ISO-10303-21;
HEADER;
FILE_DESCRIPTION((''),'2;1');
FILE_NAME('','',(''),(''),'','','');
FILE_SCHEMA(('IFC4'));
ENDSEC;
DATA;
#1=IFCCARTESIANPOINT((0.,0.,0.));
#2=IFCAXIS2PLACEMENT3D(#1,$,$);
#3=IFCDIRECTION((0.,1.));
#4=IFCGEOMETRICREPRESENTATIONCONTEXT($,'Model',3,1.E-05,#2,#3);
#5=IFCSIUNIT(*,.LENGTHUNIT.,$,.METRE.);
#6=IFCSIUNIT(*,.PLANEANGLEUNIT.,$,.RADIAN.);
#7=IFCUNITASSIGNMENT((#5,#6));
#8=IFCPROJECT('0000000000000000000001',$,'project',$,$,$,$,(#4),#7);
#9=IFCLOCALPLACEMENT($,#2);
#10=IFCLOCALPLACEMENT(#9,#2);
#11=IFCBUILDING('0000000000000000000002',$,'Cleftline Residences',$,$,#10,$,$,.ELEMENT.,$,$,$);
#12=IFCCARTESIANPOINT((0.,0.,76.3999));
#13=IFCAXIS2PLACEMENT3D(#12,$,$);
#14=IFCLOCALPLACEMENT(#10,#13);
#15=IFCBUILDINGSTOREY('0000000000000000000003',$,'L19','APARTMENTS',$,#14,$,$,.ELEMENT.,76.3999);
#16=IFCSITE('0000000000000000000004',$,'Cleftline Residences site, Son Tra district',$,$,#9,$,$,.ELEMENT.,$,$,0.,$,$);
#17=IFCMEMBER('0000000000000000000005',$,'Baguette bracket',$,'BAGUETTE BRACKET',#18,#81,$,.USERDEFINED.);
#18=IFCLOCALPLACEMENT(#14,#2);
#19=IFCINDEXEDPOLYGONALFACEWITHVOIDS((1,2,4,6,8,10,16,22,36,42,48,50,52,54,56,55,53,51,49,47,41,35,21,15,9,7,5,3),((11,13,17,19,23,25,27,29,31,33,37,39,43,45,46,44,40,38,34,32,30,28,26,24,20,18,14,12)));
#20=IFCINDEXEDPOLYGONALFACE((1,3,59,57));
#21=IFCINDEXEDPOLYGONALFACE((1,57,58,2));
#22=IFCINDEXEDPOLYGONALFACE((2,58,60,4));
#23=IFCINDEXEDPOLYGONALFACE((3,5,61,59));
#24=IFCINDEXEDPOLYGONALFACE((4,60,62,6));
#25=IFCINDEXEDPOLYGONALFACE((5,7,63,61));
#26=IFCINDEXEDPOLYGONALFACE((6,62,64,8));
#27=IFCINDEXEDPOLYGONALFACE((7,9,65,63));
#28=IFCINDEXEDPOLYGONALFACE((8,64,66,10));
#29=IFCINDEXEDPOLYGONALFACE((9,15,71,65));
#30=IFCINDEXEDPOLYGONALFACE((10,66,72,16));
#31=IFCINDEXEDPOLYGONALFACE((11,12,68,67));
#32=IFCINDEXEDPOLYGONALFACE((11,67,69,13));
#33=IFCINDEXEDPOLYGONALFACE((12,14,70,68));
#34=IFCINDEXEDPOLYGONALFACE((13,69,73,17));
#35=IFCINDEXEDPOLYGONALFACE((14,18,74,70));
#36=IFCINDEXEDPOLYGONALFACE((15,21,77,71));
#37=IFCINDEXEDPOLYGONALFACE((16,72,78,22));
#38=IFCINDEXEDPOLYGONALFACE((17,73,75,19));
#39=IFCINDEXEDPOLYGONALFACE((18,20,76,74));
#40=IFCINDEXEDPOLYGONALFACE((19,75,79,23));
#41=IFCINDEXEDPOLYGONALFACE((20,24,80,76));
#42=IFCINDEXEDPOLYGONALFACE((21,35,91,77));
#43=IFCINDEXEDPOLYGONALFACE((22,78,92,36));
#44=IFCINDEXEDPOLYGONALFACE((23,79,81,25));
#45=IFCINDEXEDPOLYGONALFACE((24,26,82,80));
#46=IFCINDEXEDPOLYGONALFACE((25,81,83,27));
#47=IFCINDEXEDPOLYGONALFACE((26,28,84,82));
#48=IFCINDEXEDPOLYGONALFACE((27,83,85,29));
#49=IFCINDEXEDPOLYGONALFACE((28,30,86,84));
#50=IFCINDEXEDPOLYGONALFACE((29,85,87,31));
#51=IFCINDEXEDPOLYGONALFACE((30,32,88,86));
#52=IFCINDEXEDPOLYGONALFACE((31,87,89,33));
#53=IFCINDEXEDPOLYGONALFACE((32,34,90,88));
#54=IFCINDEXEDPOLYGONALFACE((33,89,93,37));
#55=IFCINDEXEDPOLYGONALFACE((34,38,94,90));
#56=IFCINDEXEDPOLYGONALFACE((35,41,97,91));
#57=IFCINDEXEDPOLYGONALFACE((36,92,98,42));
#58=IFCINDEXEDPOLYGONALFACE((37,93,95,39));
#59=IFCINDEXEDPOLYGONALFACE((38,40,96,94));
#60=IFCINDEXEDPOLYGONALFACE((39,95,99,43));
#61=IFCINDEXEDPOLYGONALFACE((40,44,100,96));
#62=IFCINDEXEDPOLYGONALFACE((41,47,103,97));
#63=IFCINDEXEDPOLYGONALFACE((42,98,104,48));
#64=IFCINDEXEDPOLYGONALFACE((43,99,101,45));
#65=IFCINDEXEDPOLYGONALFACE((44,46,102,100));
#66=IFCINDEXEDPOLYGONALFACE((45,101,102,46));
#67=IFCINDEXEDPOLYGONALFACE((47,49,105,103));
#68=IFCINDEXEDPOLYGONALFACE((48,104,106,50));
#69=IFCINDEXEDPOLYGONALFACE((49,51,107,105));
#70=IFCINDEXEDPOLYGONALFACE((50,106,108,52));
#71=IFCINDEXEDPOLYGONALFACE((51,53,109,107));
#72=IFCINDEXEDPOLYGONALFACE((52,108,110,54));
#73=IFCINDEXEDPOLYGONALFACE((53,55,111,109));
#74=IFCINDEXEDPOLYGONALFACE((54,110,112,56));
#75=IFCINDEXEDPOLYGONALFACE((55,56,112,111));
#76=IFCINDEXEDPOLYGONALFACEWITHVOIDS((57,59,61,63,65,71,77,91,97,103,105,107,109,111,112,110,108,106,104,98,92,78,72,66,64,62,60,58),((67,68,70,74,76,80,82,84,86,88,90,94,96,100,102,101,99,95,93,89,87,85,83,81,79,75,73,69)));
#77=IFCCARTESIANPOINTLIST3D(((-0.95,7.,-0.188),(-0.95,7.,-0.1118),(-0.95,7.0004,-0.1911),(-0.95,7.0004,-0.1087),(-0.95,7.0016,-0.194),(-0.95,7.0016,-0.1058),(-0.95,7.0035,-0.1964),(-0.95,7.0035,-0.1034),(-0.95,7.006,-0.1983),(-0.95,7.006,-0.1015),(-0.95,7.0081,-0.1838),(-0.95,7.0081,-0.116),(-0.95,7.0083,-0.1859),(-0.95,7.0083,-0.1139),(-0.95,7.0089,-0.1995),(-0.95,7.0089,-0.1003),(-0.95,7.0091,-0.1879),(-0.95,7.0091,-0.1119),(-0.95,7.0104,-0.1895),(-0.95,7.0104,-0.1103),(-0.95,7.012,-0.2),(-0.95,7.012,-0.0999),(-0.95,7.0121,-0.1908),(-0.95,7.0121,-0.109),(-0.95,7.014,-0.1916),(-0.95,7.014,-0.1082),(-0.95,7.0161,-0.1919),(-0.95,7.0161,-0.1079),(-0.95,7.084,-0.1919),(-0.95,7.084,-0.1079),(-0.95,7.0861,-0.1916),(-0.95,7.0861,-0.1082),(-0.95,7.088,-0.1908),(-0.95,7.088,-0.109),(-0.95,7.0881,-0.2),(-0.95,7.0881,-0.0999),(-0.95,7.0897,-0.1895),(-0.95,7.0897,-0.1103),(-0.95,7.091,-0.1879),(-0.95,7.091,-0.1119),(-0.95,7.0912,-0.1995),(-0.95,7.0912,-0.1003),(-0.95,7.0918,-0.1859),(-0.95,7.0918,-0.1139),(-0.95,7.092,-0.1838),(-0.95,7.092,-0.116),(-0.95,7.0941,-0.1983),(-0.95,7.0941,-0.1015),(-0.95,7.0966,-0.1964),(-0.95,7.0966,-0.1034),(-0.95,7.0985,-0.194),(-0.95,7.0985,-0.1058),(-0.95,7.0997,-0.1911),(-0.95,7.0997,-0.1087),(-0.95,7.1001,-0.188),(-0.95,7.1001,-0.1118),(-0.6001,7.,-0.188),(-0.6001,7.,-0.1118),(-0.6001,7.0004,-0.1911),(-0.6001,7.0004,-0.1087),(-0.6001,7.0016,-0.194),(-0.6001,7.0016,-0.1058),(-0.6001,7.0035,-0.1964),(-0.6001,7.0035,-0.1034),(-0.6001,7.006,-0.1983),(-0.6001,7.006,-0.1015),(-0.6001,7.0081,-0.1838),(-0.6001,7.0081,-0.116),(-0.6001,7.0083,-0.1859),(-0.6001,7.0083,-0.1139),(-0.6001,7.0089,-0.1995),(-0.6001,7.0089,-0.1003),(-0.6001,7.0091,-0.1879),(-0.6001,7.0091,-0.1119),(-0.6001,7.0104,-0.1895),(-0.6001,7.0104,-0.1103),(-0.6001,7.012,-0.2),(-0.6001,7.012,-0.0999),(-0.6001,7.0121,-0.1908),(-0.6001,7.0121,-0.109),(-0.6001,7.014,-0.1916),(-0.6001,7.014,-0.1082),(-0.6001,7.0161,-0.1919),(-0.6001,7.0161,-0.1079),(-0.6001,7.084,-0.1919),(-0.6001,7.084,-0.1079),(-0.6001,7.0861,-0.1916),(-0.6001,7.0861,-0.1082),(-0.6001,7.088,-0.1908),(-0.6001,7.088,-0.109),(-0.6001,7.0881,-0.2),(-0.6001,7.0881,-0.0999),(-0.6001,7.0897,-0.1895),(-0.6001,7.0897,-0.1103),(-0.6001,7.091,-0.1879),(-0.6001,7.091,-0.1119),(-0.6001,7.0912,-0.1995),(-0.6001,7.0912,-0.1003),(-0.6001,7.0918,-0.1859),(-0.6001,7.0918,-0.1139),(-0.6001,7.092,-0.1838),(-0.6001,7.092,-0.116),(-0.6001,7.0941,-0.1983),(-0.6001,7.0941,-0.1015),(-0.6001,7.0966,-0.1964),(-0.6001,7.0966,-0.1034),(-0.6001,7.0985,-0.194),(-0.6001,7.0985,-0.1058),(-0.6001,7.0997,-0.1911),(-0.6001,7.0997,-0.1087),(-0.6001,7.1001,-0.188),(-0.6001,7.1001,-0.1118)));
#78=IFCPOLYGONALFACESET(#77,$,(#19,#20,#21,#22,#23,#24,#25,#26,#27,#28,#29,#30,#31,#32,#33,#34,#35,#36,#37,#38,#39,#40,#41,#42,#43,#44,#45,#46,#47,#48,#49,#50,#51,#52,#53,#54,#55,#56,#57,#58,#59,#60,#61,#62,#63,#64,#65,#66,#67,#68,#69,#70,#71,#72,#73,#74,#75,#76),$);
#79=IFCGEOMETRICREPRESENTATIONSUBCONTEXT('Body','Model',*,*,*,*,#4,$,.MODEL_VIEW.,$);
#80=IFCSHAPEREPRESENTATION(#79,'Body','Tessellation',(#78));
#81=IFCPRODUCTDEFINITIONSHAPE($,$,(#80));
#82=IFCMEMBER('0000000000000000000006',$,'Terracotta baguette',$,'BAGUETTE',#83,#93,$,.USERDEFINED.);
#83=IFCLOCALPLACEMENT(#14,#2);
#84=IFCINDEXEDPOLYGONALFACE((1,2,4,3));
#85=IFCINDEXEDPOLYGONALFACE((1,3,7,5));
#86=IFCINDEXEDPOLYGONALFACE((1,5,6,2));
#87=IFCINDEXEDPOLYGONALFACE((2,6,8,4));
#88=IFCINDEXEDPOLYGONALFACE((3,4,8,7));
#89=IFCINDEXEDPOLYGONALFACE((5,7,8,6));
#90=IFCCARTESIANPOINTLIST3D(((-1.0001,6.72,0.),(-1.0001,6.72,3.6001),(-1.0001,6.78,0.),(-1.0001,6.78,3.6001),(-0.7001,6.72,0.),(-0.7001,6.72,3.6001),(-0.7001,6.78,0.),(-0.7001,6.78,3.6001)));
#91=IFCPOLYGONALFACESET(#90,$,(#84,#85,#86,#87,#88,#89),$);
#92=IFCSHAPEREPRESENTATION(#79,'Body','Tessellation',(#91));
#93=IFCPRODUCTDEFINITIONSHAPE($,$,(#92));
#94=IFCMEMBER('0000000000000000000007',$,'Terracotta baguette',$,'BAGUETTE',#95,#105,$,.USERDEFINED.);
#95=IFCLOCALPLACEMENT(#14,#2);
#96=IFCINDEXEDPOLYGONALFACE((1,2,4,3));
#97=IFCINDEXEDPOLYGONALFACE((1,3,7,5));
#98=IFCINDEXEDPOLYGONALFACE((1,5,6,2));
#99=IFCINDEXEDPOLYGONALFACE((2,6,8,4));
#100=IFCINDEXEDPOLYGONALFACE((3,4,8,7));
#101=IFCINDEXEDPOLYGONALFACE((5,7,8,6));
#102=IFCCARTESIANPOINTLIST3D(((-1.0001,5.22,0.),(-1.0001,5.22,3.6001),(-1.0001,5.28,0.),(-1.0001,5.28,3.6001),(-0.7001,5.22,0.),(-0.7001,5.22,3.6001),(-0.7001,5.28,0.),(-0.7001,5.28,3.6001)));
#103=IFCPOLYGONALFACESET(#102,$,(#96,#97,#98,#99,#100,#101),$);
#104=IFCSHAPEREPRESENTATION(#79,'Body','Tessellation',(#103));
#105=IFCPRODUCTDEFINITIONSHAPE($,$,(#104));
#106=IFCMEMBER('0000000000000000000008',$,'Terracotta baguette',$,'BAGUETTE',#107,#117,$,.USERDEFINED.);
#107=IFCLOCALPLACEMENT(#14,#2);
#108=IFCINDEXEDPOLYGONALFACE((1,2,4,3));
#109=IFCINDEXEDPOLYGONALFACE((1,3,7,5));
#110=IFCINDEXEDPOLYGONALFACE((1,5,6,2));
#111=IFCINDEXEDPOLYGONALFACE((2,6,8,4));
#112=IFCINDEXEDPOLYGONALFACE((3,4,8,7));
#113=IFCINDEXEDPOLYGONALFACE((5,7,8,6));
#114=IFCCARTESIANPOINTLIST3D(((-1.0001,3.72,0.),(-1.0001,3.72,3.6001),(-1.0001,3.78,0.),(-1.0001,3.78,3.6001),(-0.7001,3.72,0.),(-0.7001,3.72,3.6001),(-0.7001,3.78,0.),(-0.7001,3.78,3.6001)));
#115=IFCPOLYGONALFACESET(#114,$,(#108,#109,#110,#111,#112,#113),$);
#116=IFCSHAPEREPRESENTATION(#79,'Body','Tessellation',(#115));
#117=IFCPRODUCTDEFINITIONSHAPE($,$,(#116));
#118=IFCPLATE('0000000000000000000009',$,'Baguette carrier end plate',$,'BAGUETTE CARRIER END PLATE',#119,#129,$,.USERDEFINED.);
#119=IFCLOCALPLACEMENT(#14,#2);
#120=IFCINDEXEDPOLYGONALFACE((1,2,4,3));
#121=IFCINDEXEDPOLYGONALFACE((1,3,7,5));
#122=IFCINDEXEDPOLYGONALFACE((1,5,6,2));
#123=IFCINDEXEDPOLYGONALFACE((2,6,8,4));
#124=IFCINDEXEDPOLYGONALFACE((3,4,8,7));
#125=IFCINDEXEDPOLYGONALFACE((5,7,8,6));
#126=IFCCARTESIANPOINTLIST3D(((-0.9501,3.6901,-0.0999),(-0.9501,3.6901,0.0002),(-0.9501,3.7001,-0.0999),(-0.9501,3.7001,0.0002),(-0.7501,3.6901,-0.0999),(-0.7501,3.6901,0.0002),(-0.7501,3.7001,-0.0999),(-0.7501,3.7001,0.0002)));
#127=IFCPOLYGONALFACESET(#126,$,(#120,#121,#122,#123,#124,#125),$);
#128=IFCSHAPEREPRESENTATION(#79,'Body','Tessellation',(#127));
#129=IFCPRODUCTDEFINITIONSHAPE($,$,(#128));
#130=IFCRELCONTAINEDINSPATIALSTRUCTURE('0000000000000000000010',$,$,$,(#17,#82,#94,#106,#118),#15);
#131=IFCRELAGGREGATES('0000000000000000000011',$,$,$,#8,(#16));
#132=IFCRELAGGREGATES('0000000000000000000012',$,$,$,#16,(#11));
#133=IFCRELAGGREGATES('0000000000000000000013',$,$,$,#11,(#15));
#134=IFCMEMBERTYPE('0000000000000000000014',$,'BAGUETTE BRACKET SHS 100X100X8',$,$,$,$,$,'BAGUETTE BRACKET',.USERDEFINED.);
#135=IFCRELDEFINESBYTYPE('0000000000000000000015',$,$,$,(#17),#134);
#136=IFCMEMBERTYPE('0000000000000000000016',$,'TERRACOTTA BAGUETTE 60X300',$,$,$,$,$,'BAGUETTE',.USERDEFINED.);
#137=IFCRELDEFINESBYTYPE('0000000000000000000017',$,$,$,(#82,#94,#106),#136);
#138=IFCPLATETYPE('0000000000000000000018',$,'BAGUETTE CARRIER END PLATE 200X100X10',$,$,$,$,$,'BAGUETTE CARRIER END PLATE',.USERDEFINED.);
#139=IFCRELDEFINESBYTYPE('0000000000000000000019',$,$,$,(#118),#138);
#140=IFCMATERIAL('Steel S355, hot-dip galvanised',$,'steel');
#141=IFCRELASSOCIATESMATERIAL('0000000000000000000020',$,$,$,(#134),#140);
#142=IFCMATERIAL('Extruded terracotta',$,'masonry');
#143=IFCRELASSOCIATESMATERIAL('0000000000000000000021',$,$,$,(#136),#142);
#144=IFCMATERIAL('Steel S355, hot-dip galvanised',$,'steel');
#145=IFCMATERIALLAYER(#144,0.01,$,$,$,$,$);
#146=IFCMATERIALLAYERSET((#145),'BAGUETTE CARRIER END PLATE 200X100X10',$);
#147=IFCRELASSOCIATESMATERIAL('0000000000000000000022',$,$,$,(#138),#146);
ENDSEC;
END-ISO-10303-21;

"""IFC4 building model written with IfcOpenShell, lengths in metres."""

from ifc_helpers import new_model, si_unit, direction, frame, origin, origin_2d, place, context, subcontext, project, spatial, rectangle, hollow_rectangle, extrude, material, layer, layer_set, material_profile, profile_set, type_object, element, save


model = new_model("IFC4")

# Units and contexts
model_context = context("Model", 3, precision=1e-05, world=origin(), true_north=direction((0.0, 1.0)))
body_context = subcontext(model_context, "Body", "Model", "MODEL_VIEW")
ifc_project = project(units=[si_unit("LENGTHUNIT", "METRE"), si_unit("PLANEANGLEUNIT", "RADIAN")], contexts=[model_context])

# Site, building, storey
site_placement = place(None, origin())
site = spatial("IfcSite", under=ifc_project, at=site_placement, Name="Cleftline Residences site, Son Tra district", CompositionType="ELEMENT", RefElevation=0.0)
building_placement = place(site_placement, origin())
building = spatial("IfcBuilding", under=site, at=building_placement, Name="Cleftline Residences", CompositionType="ELEMENT")
storey_placement = place(building_placement, frame((0.0, 0.0, 76.3999)))
storey = spatial("IfcBuildingStorey", under=building, at=storey_placement, Name="L19", Description="APARTMENTS", CompositionType="ELEMENT", Elevation=76.3999)

# Members
ifc_material_1 = material(Name="Steel S355, hot-dip galvanised", Category="steel")
ifc_material_profile_1 = material_profile(ifc_material_1, hollow_rectangle(XDim=0.1001, YDim=0.1001, WallThickness=0.0081, InnerFilletRadius=0.0081, OuterFilletRadius=0.012, at=origin_2d()))
ifc_profile_set_1 = profile_set([ifc_material_profile_1], Name="Steel S355, hot-dip galvanised")
member_type_1 = type_object("IfcMemberType", Name="BAGUETTE BRACKET SHS 100X100X8", ElementType="BAGUETTE BRACKET", PredefinedType="USERDEFINED", material=ifc_profile_set_1)
member_placement = place(storey_placement, frame((-0.6001, 7.05, -0.1499), z_axis=(-1.0, 0.0, 0.0), x_axis=(0.0, -1.0, 0.0)))
element("IfcMember", 1, at=member_placement, inside=storey, type_object=member_type_1, Name="Baguette bracket", ObjectType="BAGUETTE BRACKET", PredefinedType="USERDEFINED", context=body_context, shape_type="SweptSolid", body=[
    extrude(hollow_rectangle(XDim=0.1001, YDim=0.1001, WallThickness=0.0081, InnerFilletRadius=0.0081, OuterFilletRadius=0.012, at=origin_2d()), origin(), (0.0, 0.0, 1.0), 0.3499),
])
ifc_material_2 = material(Name="Extruded terracotta", Category="masonry")
ifc_material_profile_2 = material_profile(ifc_material_2, rectangle(XDim=0.0601, YDim=0.3, at=origin_2d()))
ifc_profile_set_2 = profile_set([ifc_material_profile_2], Name="Extruded terracotta")
member_type_2 = type_object("IfcMemberType", Name="TERRACOTTA BAGUETTE 60X300", ElementType="BAGUETTE", PredefinedType="USERDEFINED", material=ifc_profile_set_2)
for number, where, z_axis, x_axis, name in (
    (2, (-0.8501, 6.75, 0.0), (0.0, 0.0, 1.0), (0.0, 1.0, 0.0), "Terracotta baguette"),
    (3, (-0.8501, 5.25, 0.0), (0.0, 0.0, 1.0), (0.0, 1.0, 0.0), "Terracotta baguette"),
    (4, (-0.8501, 3.75, 0.0), (0.0, 0.0, 1.0), (0.0, 1.0, 0.0), "Terracotta baguette"),
):
    element("IfcMember", number, at=place(storey_placement, frame(where, z_axis=z_axis, x_axis=x_axis)), inside=storey, type_object=member_type_2, Name=name, ObjectType="BAGUETTE", PredefinedType="USERDEFINED", context=body_context, shape_type="SweptSolid", body=[
        extrude(rectangle(XDim=0.0601, YDim=0.3, at=origin_2d()), origin(), (0.0, 0.0, 1.0), 3.6001),
    ])

# Plate
ifc_material_3 = material(Name="Steel S355, hot-dip galvanised", Category="steel")
ifc_layer_1 = layer(ifc_material_3, 0.01)
ifc_layer_set_1 = layer_set([ifc_layer_1], Name="BAGUETTE CARRIER END PLATE 200X100X10")
plate_type = type_object("IfcPlateType", Name="BAGUETTE CARRIER END PLATE 200X100X10", ElementType="BAGUETTE CARRIER END PLATE", PredefinedType="USERDEFINED", material=ifc_layer_set_1)
plate_placement = place(storey_placement, frame((-0.8501, 3.6951, -0.0999), z_axis=(0.0, 0.0, 1.0), x_axis=(-1.0, 0.0, 0.0)))
element("IfcPlate", 5, at=plate_placement, inside=storey, type_object=plate_type, Name="Baguette carrier end plate", ObjectType="BAGUETTE CARRIER END PLATE", PredefinedType="USERDEFINED", context=body_context, shape_type="SweptSolid", body=[
    extrude(rectangle(XDim=0.2, YDim=0.01, at=origin_2d()), origin(), (0.0, 0.0, 1.0), 0.1001),
])

save(model, "model.ifc")
